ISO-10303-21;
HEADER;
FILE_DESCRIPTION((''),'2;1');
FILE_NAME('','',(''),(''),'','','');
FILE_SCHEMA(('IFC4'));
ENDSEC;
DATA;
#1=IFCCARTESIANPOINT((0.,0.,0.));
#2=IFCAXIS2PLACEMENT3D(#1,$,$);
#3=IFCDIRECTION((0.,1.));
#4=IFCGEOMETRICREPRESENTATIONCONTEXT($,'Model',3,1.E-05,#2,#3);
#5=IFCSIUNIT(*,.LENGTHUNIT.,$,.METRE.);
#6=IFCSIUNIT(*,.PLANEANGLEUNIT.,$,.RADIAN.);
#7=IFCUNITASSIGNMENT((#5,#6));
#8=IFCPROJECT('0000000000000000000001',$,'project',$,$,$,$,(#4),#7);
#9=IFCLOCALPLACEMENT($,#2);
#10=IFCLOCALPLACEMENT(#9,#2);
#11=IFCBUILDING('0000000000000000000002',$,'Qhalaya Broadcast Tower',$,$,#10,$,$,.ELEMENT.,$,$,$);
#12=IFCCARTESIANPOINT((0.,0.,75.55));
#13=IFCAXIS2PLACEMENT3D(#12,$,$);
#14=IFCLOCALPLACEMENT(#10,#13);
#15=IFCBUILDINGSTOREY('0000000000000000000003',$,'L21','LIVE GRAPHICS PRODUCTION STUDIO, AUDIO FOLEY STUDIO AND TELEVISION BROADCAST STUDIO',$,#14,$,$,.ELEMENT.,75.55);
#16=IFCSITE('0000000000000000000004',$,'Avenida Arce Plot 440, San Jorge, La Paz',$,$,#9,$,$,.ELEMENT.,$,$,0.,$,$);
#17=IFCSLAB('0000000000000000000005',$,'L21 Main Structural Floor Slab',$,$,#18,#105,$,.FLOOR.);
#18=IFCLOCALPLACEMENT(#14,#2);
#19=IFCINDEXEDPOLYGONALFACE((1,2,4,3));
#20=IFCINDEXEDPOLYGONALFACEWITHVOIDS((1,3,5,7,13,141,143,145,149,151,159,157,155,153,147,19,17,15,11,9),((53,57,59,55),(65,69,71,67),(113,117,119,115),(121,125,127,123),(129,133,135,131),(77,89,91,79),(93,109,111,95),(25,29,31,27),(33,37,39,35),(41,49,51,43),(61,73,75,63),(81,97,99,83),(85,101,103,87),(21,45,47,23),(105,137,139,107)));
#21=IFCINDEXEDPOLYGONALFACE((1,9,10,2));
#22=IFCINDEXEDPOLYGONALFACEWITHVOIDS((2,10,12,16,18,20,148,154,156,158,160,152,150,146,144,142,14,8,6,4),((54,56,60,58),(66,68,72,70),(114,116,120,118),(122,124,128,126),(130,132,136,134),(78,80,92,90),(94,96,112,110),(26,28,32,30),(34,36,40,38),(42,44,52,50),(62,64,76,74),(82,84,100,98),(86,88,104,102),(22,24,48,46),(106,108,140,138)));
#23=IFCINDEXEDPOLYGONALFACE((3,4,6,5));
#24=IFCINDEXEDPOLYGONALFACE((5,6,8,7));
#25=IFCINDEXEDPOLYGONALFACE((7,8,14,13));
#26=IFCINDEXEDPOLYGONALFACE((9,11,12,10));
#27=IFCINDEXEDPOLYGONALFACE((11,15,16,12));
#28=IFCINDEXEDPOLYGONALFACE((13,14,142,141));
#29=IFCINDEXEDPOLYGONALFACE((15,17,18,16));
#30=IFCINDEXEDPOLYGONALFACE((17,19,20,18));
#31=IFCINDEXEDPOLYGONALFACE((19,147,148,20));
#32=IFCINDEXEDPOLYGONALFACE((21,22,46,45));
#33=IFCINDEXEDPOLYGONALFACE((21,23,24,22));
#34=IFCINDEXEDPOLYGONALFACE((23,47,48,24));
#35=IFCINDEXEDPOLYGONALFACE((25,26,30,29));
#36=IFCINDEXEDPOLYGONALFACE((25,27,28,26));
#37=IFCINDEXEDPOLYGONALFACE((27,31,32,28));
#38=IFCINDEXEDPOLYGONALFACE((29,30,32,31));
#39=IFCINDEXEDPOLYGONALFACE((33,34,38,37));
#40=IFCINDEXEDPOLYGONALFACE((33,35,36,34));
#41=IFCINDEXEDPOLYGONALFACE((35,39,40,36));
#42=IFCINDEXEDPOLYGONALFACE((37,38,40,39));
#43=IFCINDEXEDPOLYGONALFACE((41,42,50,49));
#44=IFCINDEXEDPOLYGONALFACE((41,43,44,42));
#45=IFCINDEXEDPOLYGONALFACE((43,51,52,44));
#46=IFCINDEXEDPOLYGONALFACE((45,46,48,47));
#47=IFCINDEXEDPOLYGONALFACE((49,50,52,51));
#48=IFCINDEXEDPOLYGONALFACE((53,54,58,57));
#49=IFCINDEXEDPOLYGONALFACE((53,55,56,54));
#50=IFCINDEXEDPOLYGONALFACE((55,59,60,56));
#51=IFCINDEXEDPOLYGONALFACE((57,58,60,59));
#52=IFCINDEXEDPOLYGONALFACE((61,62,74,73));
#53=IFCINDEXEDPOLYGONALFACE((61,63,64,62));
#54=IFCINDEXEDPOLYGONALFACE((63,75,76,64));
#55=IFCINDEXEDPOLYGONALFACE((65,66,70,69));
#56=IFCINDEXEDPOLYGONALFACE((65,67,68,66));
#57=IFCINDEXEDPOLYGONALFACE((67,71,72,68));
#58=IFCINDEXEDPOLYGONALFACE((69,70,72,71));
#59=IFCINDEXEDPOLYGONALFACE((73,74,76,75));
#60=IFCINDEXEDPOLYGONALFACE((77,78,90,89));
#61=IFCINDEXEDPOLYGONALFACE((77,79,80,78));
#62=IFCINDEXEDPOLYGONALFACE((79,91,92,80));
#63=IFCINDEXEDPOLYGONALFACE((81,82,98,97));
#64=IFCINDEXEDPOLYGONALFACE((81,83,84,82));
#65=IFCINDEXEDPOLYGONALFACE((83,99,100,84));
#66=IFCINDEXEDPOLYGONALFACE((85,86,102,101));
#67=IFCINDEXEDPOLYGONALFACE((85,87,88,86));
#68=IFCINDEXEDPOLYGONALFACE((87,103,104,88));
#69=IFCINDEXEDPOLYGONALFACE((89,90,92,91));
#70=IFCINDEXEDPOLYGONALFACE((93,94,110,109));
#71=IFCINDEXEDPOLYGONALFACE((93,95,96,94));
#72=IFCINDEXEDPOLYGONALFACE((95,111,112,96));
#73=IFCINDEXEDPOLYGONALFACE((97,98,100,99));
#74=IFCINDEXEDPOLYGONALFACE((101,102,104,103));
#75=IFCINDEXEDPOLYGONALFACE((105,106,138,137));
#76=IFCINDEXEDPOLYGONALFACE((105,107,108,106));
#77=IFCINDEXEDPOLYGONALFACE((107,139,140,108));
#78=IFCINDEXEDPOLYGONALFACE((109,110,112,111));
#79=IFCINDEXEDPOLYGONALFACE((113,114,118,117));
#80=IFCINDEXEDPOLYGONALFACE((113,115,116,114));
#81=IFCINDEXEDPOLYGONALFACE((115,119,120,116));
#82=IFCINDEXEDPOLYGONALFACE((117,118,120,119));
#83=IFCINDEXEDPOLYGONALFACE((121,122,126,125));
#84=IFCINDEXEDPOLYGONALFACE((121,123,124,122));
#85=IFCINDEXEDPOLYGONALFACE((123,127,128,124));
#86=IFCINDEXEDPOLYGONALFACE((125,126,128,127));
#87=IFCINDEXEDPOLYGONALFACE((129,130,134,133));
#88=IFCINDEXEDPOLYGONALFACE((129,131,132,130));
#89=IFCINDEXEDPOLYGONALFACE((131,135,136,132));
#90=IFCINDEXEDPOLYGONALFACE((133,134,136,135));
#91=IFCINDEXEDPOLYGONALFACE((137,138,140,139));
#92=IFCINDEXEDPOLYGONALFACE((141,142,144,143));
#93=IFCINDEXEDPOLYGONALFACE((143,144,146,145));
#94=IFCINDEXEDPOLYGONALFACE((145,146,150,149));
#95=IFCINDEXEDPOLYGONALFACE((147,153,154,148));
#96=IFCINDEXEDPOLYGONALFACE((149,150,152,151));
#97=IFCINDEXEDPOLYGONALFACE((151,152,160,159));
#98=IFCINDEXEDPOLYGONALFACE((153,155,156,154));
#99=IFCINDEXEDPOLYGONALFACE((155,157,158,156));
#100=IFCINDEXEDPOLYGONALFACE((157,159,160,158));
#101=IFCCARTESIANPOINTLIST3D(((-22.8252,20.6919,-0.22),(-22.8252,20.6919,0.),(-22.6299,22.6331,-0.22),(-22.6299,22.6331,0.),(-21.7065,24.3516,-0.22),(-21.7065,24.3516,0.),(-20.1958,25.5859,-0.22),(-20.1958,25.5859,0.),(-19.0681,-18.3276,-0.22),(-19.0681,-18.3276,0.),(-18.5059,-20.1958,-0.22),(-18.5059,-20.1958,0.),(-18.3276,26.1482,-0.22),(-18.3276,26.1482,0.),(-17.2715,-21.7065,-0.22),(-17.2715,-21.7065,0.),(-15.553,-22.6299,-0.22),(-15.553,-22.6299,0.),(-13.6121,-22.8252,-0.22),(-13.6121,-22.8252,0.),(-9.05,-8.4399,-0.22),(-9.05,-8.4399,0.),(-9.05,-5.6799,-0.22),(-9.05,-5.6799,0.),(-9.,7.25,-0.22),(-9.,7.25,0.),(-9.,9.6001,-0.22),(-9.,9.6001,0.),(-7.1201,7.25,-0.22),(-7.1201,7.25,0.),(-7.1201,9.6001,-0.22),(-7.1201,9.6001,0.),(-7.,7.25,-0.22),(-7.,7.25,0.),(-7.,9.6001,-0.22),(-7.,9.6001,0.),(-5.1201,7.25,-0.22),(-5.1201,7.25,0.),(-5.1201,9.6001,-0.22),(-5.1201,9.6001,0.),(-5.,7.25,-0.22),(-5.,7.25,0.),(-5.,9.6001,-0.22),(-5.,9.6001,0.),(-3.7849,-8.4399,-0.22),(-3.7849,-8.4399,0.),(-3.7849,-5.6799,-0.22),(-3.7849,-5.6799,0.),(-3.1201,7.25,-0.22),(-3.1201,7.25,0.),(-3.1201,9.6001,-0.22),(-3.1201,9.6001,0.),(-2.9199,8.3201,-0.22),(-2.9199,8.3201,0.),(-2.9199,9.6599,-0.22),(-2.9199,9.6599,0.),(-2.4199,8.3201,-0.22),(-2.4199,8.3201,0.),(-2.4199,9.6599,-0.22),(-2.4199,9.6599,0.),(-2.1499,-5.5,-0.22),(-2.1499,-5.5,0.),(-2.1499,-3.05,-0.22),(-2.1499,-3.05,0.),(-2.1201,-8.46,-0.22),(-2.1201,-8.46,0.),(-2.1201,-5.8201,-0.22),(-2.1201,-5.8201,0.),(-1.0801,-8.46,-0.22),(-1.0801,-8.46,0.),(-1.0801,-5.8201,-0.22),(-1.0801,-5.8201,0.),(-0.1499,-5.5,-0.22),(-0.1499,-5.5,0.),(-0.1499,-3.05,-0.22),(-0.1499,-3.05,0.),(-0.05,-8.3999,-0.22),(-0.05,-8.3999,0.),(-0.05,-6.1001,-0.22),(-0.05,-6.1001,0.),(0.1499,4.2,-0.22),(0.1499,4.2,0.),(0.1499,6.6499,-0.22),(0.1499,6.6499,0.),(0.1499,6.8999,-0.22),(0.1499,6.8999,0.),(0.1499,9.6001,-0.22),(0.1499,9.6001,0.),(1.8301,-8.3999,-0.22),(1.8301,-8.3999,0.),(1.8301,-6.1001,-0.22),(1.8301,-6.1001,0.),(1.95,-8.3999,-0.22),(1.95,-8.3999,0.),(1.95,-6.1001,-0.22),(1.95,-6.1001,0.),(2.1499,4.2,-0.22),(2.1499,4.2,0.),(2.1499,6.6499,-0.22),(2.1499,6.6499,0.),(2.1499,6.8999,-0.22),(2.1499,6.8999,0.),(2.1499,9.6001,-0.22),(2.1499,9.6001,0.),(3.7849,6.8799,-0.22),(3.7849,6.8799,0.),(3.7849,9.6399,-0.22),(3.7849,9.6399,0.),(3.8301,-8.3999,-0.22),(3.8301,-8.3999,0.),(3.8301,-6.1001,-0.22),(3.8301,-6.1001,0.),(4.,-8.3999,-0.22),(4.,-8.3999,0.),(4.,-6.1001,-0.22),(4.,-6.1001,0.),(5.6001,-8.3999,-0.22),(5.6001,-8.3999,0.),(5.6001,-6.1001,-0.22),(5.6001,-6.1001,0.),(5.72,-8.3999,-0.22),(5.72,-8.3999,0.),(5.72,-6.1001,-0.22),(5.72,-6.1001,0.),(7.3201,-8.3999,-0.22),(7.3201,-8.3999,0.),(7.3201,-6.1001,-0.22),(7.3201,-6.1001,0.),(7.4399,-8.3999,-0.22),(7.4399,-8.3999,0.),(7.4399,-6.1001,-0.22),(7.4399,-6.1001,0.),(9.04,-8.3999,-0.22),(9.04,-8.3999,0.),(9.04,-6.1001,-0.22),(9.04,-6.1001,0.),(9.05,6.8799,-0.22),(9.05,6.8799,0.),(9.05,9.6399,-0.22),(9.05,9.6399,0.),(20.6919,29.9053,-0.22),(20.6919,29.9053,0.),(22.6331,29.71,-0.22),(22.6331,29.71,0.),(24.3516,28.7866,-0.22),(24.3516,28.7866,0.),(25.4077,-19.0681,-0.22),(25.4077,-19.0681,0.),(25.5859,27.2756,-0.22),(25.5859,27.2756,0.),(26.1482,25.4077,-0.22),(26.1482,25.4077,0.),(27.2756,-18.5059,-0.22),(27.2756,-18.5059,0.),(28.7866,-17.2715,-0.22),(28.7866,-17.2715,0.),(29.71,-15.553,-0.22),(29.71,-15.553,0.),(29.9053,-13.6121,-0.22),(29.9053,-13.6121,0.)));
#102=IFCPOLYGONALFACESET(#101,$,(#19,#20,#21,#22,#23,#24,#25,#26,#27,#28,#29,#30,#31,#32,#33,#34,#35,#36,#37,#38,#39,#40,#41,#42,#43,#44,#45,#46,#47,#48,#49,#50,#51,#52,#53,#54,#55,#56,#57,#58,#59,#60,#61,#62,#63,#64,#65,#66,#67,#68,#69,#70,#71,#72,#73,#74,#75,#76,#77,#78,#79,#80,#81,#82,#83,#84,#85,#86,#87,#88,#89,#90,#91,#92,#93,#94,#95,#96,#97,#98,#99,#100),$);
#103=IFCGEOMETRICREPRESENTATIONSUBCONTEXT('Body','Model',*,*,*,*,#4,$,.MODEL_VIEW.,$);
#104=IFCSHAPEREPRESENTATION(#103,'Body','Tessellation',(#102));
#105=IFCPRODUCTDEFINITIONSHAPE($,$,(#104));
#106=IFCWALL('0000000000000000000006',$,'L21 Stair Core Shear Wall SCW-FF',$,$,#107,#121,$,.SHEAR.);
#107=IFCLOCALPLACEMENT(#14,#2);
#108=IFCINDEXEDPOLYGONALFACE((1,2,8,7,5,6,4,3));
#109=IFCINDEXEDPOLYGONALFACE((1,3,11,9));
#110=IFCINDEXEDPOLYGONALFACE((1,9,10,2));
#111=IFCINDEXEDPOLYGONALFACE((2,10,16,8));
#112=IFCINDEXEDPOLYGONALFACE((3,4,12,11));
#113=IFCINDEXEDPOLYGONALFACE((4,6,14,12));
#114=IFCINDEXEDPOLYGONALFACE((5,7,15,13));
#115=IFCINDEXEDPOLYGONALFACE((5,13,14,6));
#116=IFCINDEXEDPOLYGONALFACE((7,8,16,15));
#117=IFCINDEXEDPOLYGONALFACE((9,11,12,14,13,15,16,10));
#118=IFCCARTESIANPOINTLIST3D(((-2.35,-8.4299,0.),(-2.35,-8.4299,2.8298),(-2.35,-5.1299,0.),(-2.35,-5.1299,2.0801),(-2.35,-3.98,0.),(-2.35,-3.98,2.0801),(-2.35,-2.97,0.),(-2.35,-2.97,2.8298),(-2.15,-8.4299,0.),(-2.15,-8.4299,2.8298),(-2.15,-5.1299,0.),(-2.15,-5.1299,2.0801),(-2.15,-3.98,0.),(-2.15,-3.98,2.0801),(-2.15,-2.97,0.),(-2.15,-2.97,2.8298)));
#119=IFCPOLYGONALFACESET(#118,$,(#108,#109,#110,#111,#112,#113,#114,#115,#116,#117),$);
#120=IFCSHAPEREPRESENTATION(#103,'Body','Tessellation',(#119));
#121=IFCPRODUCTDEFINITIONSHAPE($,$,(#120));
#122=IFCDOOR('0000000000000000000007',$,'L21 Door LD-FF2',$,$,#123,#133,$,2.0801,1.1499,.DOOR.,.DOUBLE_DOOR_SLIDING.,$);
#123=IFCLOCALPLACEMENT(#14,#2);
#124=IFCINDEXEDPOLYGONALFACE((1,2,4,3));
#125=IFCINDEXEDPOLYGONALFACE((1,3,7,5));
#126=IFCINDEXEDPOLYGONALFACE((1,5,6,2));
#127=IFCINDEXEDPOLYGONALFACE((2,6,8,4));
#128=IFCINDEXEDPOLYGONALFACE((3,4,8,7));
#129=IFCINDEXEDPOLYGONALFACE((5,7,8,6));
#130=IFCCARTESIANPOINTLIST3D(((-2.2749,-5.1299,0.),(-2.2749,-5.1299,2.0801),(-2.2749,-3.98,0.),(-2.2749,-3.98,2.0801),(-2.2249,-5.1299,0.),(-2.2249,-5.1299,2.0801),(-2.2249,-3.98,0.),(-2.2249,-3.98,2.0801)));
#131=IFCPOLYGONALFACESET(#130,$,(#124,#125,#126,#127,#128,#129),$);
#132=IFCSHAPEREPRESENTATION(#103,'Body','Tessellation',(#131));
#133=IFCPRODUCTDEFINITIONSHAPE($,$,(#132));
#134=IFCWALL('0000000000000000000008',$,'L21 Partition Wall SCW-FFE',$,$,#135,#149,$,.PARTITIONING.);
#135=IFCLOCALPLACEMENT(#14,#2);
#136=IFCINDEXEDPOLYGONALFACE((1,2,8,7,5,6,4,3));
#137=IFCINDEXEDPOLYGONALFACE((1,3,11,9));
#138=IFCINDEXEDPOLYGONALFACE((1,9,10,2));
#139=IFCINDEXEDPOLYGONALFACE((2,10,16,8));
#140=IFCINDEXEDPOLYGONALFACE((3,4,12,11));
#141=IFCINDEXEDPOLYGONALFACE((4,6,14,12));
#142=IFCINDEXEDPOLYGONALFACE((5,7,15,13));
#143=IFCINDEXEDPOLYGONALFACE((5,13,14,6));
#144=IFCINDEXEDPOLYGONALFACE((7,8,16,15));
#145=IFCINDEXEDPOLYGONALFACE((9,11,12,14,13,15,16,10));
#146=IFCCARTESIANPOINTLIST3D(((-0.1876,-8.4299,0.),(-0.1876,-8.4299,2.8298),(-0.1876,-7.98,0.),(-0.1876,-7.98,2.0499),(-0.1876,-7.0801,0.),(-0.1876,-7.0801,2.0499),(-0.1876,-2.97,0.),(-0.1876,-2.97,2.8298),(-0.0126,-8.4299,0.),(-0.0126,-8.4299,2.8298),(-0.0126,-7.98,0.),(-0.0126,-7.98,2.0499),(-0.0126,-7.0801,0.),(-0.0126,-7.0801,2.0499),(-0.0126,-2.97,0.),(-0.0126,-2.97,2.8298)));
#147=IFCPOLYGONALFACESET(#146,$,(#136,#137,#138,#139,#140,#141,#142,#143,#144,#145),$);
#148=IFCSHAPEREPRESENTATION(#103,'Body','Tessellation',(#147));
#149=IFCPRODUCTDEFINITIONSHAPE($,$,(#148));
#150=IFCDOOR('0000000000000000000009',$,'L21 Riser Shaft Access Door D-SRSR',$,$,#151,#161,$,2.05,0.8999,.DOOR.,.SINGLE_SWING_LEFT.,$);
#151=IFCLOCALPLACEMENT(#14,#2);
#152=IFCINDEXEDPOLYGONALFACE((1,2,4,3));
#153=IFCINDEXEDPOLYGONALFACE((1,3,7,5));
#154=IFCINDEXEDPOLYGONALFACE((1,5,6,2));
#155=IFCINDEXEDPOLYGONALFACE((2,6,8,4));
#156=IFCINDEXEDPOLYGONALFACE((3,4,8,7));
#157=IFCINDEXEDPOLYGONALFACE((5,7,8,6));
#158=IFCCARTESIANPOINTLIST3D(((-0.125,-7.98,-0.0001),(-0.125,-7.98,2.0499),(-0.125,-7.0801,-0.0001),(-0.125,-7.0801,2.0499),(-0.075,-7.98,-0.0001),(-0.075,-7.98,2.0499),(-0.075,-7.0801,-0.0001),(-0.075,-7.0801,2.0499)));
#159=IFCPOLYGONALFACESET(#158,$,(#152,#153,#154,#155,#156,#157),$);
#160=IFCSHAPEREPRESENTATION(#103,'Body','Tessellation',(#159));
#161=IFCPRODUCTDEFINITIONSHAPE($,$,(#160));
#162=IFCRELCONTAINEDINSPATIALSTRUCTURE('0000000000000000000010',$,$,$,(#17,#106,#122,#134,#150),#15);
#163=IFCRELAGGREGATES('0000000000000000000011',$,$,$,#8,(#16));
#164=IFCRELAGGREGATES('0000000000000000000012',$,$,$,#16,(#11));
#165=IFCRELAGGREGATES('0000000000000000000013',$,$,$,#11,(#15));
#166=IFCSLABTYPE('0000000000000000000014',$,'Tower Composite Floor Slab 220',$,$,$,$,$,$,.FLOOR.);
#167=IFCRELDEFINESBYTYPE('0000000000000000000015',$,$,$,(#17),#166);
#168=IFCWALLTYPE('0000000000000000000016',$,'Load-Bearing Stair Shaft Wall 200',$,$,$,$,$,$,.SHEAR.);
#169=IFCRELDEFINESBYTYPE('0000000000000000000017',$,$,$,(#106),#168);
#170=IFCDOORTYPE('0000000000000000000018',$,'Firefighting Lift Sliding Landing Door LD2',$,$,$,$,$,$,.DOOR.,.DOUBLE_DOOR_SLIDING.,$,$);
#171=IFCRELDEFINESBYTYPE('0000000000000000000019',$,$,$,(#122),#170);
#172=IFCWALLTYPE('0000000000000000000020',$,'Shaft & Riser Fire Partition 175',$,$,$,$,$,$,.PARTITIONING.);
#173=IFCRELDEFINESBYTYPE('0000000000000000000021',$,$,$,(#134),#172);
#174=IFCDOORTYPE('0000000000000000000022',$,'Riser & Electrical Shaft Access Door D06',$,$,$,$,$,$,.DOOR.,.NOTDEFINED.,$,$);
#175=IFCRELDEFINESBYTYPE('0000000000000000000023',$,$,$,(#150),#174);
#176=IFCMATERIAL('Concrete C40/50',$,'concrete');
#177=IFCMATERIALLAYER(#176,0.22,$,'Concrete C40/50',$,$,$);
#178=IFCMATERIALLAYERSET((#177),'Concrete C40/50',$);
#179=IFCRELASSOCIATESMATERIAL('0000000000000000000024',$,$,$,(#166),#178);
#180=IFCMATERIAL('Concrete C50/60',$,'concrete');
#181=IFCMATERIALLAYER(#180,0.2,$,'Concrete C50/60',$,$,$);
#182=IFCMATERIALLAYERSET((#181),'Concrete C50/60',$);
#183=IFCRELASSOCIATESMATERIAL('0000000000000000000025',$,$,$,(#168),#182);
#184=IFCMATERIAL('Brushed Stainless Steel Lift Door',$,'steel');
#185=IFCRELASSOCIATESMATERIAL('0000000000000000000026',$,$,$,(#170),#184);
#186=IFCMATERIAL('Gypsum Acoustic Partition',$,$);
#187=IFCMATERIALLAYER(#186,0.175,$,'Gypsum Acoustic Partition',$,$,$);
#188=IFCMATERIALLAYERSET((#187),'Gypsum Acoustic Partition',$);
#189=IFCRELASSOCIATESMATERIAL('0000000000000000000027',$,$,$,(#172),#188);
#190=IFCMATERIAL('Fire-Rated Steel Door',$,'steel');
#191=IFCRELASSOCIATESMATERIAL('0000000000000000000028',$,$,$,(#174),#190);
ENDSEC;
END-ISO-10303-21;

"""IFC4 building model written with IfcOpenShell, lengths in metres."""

from ifc_helpers import new_model, si_unit, direction, frame, frame_2d, origin, place, context, subcontext, project, spatial, polyline, rectangle, outline, extrude, material, layer, layer_set, type_object, element, fill, save


model = new_model("IFC4")

# Units and contexts
model_context = context("Model", 3, precision=1e-05, world=origin(), true_north=direction((0.0, 1.0)))
body_context = subcontext(model_context, "Body", "Model", "MODEL_VIEW")
ifc_project = project(units=[si_unit("LENGTHUNIT", "METRE"), si_unit("PLANEANGLEUNIT", "RADIAN")], contexts=[model_context])

# Site, building, storey
site_placement = place(None, origin())
site = spatial("IfcSite", under=ifc_project, at=site_placement, Name="Avenida Arce Plot 440, San Jorge, La Paz", CompositionType="ELEMENT", RefElevation=0.0)
building_placement = place(site_placement, origin())
building = spatial("IfcBuilding", under=site, at=building_placement, Name="Qhalaya Broadcast Tower", CompositionType="ELEMENT")
storey_placement = place(building_placement, frame((0.0, 0.0, 75.55)))
storey = spatial("IfcBuildingStorey", under=building, at=storey_placement, Name="L21", Description="LIVE GRAPHICS PRODUCTION STUDIO, AUDIO FOLEY STUDIO AND TELEVISION BROADCAST STUDIO", CompositionType="ELEMENT", Elevation=75.55)

# Shared definitions
ifc_material_1 = material(Name="Concrete C50/60", Category="concrete")

# Slab
ifc_material_2 = material(Name="Concrete C40/50", Category="concrete")
ifc_layer_1 = layer(ifc_material_2, 0.22, Name="Concrete C40/50")
ifc_layer_set_1 = layer_set([ifc_layer_1], Name="Concrete C40/50")
slab_type = type_object("IfcSlabType", Name="Tower Composite Floor Slab 220", PredefinedType="FLOOR", material=ifc_layer_set_1)
slab_placement = place(storey_placement, frame((0.0, 0.0, -0.22)))
element("IfcSlab", 1, at=slab_placement, inside=storey, type_object=slab_type, Name="L21 Main Structural Floor Slab", PredefinedType="FLOOR", context=body_context, shape_type="SweptSolid", body=[
    extrude(outline(polyline([(25.4077, -19.0681), (27.2756, -18.5059), (28.7866, -17.2715), (29.71, -15.553), (29.9053, -13.6121), (26.1482, 25.4077), (25.5859, 27.2756), (24.3516, 28.7866), (22.6331, 29.71), (20.6919, 29.9053), (-18.3276, 26.1482), (-20.1958, 25.5859), (-21.7065, 24.3516), (-22.6299, 22.6331), (-22.8252, 20.6919), (-19.0681, -18.3276), (-18.5059, -20.1958), (-17.2715, -21.7065), (-15.553, -22.6299), (-13.6121, -22.8252), (25.4077, -19.0681)]), holes=[polyline([(3.7849, 9.6399), (9.05, 9.6399), (9.05, 6.8799), (3.7849, 6.8799), (3.7849, 9.6399)]), polyline([(-3.7849, -8.4399), (-9.05, -8.4399), (-9.05, -5.6799), (-3.7849, -5.6799), (-3.7849, -8.4399)]), polyline([(0.1499, 6.6499), (2.1499, 6.6499), (2.1499, 4.2), (0.1499, 4.2), (0.1499, 6.6499)]), polyline([(0.1499, 9.6001), (2.1499, 9.6001), (2.1499, 6.8999), (0.1499, 6.8999), (0.1499, 9.6001)]), polyline([(-2.1499, -3.05), (-0.1499, -3.05), (-0.1499, -5.5), (-2.1499, -5.5), (-2.1499, -3.05)]), polyline([(-9.0, 9.6001), (-7.1201, 9.6001), (-7.1201, 7.25), (-9.0, 7.25), (-9.0, 9.6001)]), polyline([(-7.0, 9.6001), (-5.1201, 9.6001), (-5.1201, 7.25), (-7.0, 7.25), (-7.0, 9.6001)]), polyline([(-5.0, 9.6001), (-3.1201, 9.6001), (-3.1201, 7.25), (-5.0, 7.25), (-5.0, 9.6001)]), polyline([(-0.05, -6.1001), (1.8301, -6.1001), (1.8301, -8.3999), (-0.05, -8.3999), (-0.05, -6.1001)]), polyline([(1.95, -6.1001), (3.8301, -6.1001), (3.8301, -8.3999), (1.95, -8.3999), (1.95, -6.1001)]), polyline([(4.0, -6.1001), (5.6001, -6.1001), (5.6001, -8.3999), (4.0, -8.3999), (4.0, -6.1001)]), polyline([(5.72, -6.1001), (7.3201, -6.1001), (7.3201, -8.3999), (5.72, -8.3999), (5.72, -6.1001)]), polyline([(7.4399, -6.1001), (9.04, -6.1001), (9.04, -8.3999), (7.4399, -8.3999), (7.4399, -6.1001)]), polyline([(-2.9199, 9.6599), (-2.4199, 9.6599), (-2.4199, 8.3201), (-2.9199, 8.3201), (-2.9199, 9.6599)]), polyline([(-2.1201, -5.8201), (-1.0801, -5.8201), (-1.0801, -8.46), (-2.1201, -8.46), (-2.1201, -5.8201)])]), origin(), (0.0, 0.0, 1.0), 0.22),
])

# Walls, openings, doors
ifc_layer_2 = layer(ifc_material_1, 0.2, Name="Concrete C50/60")
ifc_layer_set_2 = layer_set([ifc_layer_2], Name="Concrete C50/60")
wall_type_1 = type_object("IfcWallType", Name="Load-Bearing Stair Shaft Wall 200", PredefinedType="SHEAR", material=ifc_layer_set_2)
wall_1_placement = place(storey_placement, frame((-2.25, -8.4299, 0.0), z_axis=(0.0, 0.0, 1.0), x_axis=(0.0, 1.0, 0.0)))
wall_1 = element("IfcWall", 2, at=wall_1_placement, inside=storey, type_object=wall_type_1, Name="L21 Stair Core Shear Wall SCW-FF", PredefinedType="SHEAR", context=body_context, shape_type="SweptSolid", body=[
    extrude(rectangle(XDim=5.46, YDim=0.2, at=frame_2d((2.73, 0.0))), origin(), (0.0, 0.0, 1.0), 2.8298),
])
opening_1_placement = place(wall_1_placement, frame((3.3, 0.0, 0.0)))
opening_1 = element("IfcOpeningElement", 3, at=opening_1_placement, cuts=wall_1, PredefinedType="OPENING", context=body_context, shape_type="SweptSolid", body=[
    extrude(rectangle(XDim=1.1499, YDim=2.0801, at=frame_2d((0.575, 1.04))), frame((0.0, 0.1121, 0.0), z_axis=(0.0, -1.0, 0.0), x_axis=(1.0, 0.0, 0.0)), (0.0, 0.0, 1.0), 0.2239),
])
ifc_material_3 = material(Name="Brushed Stainless Steel Lift Door", Category="steel")
door_type_1 = type_object("IfcDoorType", Name="Firefighting Lift Sliding Landing Door LD2", OperationType="DOUBLE_DOOR_SLIDING", PredefinedType="DOOR", material=ifc_material_3)
door_1_placement = place(opening_1_placement, origin())
door_1 = element("IfcDoor", 4, at=door_1_placement, inside=storey, type_object=door_type_1, Name="L21 Door LD-FF2", OperationType="DOUBLE_DOOR_SLIDING", OverallHeight=2.0801, OverallWidth=1.1499, PredefinedType="DOOR", context=body_context, shape_type="SweptSolid", body=[
    extrude(rectangle(XDim=1.1499, YDim=2.0801, at=frame_2d((0.575, 1.04))), frame((0.0, 0.0249, 0.0), z_axis=(0.0, -1.0, 0.0), x_axis=(1.0, 0.0, 0.0)), (0.0, 0.0, 1.0), 0.05),
])
fill(opening_1, door_1)
ifc_material_4 = material(Name="Gypsum Acoustic Partition")
ifc_layer_3 = layer(ifc_material_4, 0.175, Name="Gypsum Acoustic Partition")
ifc_layer_set_3 = layer_set([ifc_layer_3], Name="Gypsum Acoustic Partition")
wall_type_2 = type_object("IfcWallType", Name="Shaft & Riser Fire Partition 175", PredefinedType="PARTITIONING", material=ifc_layer_set_3)
wall_2_placement = place(storey_placement, frame((-0.1001, -8.4299, 0.0), z_axis=(0.0, 0.0, 1.0), x_axis=(0.0, 1.0, 0.0)))
wall_2 = element("IfcWall", 5, at=wall_2_placement, inside=storey, type_object=wall_type_2, Name="L21 Partition Wall SCW-FFE", PredefinedType="PARTITIONING", context=body_context, shape_type="SweptSolid", body=[
    extrude(rectangle(XDim=5.46, YDim=0.175, at=frame_2d((2.73, 0.0))), origin(), (0.0, 0.0, 1.0), 2.8298),
])
opening_2_placement = place(wall_2_placement, frame((0.45, 0.0, 0.0)))
opening_2 = element("IfcOpeningElement", 6, at=opening_2_placement, cuts=wall_2, PredefinedType="OPENING", context=body_context, shape_type="SweptSolid", body=[
    extrude(rectangle(XDim=0.8999, YDim=2.05, at=frame_2d((0.45, 1.0249))), frame((0.0, 0.0996, 0.0), z_axis=(0.0, -1.0, 0.0), x_axis=(1.0, 0.0, 0.0)), (0.0, 0.0, 1.0), 0.199),
])
ifc_material_5 = material(Name="Fire-Rated Steel Door", Category="steel")
door_type_2 = type_object("IfcDoorType", Name="Riser & Electrical Shaft Access Door D06", OperationType="NOTDEFINED", PredefinedType="DOOR", material=ifc_material_5)
door_2_placement = place(opening_2_placement, origin())
door_2 = element("IfcDoor", 7, at=door_2_placement, inside=storey, type_object=door_type_2, Name="L21 Riser Shaft Access Door D-SRSR", OperationType="SINGLE_SWING_LEFT", OverallHeight=2.05, OverallWidth=0.8999, PredefinedType="DOOR", context=body_context, shape_type="SweptSolid", body=[
    extrude(rectangle(XDim=0.8999, YDim=2.05, at=frame_2d((0.45, 1.0249))), frame((0.0, 0.0249, 0.0), z_axis=(0.0, -1.0, 0.0), x_axis=(1.0, 0.0, 0.0)), (0.0, 0.0, 1.0), 0.05),
])
fill(opening_2, door_2)

save(model, "model.ifc")
